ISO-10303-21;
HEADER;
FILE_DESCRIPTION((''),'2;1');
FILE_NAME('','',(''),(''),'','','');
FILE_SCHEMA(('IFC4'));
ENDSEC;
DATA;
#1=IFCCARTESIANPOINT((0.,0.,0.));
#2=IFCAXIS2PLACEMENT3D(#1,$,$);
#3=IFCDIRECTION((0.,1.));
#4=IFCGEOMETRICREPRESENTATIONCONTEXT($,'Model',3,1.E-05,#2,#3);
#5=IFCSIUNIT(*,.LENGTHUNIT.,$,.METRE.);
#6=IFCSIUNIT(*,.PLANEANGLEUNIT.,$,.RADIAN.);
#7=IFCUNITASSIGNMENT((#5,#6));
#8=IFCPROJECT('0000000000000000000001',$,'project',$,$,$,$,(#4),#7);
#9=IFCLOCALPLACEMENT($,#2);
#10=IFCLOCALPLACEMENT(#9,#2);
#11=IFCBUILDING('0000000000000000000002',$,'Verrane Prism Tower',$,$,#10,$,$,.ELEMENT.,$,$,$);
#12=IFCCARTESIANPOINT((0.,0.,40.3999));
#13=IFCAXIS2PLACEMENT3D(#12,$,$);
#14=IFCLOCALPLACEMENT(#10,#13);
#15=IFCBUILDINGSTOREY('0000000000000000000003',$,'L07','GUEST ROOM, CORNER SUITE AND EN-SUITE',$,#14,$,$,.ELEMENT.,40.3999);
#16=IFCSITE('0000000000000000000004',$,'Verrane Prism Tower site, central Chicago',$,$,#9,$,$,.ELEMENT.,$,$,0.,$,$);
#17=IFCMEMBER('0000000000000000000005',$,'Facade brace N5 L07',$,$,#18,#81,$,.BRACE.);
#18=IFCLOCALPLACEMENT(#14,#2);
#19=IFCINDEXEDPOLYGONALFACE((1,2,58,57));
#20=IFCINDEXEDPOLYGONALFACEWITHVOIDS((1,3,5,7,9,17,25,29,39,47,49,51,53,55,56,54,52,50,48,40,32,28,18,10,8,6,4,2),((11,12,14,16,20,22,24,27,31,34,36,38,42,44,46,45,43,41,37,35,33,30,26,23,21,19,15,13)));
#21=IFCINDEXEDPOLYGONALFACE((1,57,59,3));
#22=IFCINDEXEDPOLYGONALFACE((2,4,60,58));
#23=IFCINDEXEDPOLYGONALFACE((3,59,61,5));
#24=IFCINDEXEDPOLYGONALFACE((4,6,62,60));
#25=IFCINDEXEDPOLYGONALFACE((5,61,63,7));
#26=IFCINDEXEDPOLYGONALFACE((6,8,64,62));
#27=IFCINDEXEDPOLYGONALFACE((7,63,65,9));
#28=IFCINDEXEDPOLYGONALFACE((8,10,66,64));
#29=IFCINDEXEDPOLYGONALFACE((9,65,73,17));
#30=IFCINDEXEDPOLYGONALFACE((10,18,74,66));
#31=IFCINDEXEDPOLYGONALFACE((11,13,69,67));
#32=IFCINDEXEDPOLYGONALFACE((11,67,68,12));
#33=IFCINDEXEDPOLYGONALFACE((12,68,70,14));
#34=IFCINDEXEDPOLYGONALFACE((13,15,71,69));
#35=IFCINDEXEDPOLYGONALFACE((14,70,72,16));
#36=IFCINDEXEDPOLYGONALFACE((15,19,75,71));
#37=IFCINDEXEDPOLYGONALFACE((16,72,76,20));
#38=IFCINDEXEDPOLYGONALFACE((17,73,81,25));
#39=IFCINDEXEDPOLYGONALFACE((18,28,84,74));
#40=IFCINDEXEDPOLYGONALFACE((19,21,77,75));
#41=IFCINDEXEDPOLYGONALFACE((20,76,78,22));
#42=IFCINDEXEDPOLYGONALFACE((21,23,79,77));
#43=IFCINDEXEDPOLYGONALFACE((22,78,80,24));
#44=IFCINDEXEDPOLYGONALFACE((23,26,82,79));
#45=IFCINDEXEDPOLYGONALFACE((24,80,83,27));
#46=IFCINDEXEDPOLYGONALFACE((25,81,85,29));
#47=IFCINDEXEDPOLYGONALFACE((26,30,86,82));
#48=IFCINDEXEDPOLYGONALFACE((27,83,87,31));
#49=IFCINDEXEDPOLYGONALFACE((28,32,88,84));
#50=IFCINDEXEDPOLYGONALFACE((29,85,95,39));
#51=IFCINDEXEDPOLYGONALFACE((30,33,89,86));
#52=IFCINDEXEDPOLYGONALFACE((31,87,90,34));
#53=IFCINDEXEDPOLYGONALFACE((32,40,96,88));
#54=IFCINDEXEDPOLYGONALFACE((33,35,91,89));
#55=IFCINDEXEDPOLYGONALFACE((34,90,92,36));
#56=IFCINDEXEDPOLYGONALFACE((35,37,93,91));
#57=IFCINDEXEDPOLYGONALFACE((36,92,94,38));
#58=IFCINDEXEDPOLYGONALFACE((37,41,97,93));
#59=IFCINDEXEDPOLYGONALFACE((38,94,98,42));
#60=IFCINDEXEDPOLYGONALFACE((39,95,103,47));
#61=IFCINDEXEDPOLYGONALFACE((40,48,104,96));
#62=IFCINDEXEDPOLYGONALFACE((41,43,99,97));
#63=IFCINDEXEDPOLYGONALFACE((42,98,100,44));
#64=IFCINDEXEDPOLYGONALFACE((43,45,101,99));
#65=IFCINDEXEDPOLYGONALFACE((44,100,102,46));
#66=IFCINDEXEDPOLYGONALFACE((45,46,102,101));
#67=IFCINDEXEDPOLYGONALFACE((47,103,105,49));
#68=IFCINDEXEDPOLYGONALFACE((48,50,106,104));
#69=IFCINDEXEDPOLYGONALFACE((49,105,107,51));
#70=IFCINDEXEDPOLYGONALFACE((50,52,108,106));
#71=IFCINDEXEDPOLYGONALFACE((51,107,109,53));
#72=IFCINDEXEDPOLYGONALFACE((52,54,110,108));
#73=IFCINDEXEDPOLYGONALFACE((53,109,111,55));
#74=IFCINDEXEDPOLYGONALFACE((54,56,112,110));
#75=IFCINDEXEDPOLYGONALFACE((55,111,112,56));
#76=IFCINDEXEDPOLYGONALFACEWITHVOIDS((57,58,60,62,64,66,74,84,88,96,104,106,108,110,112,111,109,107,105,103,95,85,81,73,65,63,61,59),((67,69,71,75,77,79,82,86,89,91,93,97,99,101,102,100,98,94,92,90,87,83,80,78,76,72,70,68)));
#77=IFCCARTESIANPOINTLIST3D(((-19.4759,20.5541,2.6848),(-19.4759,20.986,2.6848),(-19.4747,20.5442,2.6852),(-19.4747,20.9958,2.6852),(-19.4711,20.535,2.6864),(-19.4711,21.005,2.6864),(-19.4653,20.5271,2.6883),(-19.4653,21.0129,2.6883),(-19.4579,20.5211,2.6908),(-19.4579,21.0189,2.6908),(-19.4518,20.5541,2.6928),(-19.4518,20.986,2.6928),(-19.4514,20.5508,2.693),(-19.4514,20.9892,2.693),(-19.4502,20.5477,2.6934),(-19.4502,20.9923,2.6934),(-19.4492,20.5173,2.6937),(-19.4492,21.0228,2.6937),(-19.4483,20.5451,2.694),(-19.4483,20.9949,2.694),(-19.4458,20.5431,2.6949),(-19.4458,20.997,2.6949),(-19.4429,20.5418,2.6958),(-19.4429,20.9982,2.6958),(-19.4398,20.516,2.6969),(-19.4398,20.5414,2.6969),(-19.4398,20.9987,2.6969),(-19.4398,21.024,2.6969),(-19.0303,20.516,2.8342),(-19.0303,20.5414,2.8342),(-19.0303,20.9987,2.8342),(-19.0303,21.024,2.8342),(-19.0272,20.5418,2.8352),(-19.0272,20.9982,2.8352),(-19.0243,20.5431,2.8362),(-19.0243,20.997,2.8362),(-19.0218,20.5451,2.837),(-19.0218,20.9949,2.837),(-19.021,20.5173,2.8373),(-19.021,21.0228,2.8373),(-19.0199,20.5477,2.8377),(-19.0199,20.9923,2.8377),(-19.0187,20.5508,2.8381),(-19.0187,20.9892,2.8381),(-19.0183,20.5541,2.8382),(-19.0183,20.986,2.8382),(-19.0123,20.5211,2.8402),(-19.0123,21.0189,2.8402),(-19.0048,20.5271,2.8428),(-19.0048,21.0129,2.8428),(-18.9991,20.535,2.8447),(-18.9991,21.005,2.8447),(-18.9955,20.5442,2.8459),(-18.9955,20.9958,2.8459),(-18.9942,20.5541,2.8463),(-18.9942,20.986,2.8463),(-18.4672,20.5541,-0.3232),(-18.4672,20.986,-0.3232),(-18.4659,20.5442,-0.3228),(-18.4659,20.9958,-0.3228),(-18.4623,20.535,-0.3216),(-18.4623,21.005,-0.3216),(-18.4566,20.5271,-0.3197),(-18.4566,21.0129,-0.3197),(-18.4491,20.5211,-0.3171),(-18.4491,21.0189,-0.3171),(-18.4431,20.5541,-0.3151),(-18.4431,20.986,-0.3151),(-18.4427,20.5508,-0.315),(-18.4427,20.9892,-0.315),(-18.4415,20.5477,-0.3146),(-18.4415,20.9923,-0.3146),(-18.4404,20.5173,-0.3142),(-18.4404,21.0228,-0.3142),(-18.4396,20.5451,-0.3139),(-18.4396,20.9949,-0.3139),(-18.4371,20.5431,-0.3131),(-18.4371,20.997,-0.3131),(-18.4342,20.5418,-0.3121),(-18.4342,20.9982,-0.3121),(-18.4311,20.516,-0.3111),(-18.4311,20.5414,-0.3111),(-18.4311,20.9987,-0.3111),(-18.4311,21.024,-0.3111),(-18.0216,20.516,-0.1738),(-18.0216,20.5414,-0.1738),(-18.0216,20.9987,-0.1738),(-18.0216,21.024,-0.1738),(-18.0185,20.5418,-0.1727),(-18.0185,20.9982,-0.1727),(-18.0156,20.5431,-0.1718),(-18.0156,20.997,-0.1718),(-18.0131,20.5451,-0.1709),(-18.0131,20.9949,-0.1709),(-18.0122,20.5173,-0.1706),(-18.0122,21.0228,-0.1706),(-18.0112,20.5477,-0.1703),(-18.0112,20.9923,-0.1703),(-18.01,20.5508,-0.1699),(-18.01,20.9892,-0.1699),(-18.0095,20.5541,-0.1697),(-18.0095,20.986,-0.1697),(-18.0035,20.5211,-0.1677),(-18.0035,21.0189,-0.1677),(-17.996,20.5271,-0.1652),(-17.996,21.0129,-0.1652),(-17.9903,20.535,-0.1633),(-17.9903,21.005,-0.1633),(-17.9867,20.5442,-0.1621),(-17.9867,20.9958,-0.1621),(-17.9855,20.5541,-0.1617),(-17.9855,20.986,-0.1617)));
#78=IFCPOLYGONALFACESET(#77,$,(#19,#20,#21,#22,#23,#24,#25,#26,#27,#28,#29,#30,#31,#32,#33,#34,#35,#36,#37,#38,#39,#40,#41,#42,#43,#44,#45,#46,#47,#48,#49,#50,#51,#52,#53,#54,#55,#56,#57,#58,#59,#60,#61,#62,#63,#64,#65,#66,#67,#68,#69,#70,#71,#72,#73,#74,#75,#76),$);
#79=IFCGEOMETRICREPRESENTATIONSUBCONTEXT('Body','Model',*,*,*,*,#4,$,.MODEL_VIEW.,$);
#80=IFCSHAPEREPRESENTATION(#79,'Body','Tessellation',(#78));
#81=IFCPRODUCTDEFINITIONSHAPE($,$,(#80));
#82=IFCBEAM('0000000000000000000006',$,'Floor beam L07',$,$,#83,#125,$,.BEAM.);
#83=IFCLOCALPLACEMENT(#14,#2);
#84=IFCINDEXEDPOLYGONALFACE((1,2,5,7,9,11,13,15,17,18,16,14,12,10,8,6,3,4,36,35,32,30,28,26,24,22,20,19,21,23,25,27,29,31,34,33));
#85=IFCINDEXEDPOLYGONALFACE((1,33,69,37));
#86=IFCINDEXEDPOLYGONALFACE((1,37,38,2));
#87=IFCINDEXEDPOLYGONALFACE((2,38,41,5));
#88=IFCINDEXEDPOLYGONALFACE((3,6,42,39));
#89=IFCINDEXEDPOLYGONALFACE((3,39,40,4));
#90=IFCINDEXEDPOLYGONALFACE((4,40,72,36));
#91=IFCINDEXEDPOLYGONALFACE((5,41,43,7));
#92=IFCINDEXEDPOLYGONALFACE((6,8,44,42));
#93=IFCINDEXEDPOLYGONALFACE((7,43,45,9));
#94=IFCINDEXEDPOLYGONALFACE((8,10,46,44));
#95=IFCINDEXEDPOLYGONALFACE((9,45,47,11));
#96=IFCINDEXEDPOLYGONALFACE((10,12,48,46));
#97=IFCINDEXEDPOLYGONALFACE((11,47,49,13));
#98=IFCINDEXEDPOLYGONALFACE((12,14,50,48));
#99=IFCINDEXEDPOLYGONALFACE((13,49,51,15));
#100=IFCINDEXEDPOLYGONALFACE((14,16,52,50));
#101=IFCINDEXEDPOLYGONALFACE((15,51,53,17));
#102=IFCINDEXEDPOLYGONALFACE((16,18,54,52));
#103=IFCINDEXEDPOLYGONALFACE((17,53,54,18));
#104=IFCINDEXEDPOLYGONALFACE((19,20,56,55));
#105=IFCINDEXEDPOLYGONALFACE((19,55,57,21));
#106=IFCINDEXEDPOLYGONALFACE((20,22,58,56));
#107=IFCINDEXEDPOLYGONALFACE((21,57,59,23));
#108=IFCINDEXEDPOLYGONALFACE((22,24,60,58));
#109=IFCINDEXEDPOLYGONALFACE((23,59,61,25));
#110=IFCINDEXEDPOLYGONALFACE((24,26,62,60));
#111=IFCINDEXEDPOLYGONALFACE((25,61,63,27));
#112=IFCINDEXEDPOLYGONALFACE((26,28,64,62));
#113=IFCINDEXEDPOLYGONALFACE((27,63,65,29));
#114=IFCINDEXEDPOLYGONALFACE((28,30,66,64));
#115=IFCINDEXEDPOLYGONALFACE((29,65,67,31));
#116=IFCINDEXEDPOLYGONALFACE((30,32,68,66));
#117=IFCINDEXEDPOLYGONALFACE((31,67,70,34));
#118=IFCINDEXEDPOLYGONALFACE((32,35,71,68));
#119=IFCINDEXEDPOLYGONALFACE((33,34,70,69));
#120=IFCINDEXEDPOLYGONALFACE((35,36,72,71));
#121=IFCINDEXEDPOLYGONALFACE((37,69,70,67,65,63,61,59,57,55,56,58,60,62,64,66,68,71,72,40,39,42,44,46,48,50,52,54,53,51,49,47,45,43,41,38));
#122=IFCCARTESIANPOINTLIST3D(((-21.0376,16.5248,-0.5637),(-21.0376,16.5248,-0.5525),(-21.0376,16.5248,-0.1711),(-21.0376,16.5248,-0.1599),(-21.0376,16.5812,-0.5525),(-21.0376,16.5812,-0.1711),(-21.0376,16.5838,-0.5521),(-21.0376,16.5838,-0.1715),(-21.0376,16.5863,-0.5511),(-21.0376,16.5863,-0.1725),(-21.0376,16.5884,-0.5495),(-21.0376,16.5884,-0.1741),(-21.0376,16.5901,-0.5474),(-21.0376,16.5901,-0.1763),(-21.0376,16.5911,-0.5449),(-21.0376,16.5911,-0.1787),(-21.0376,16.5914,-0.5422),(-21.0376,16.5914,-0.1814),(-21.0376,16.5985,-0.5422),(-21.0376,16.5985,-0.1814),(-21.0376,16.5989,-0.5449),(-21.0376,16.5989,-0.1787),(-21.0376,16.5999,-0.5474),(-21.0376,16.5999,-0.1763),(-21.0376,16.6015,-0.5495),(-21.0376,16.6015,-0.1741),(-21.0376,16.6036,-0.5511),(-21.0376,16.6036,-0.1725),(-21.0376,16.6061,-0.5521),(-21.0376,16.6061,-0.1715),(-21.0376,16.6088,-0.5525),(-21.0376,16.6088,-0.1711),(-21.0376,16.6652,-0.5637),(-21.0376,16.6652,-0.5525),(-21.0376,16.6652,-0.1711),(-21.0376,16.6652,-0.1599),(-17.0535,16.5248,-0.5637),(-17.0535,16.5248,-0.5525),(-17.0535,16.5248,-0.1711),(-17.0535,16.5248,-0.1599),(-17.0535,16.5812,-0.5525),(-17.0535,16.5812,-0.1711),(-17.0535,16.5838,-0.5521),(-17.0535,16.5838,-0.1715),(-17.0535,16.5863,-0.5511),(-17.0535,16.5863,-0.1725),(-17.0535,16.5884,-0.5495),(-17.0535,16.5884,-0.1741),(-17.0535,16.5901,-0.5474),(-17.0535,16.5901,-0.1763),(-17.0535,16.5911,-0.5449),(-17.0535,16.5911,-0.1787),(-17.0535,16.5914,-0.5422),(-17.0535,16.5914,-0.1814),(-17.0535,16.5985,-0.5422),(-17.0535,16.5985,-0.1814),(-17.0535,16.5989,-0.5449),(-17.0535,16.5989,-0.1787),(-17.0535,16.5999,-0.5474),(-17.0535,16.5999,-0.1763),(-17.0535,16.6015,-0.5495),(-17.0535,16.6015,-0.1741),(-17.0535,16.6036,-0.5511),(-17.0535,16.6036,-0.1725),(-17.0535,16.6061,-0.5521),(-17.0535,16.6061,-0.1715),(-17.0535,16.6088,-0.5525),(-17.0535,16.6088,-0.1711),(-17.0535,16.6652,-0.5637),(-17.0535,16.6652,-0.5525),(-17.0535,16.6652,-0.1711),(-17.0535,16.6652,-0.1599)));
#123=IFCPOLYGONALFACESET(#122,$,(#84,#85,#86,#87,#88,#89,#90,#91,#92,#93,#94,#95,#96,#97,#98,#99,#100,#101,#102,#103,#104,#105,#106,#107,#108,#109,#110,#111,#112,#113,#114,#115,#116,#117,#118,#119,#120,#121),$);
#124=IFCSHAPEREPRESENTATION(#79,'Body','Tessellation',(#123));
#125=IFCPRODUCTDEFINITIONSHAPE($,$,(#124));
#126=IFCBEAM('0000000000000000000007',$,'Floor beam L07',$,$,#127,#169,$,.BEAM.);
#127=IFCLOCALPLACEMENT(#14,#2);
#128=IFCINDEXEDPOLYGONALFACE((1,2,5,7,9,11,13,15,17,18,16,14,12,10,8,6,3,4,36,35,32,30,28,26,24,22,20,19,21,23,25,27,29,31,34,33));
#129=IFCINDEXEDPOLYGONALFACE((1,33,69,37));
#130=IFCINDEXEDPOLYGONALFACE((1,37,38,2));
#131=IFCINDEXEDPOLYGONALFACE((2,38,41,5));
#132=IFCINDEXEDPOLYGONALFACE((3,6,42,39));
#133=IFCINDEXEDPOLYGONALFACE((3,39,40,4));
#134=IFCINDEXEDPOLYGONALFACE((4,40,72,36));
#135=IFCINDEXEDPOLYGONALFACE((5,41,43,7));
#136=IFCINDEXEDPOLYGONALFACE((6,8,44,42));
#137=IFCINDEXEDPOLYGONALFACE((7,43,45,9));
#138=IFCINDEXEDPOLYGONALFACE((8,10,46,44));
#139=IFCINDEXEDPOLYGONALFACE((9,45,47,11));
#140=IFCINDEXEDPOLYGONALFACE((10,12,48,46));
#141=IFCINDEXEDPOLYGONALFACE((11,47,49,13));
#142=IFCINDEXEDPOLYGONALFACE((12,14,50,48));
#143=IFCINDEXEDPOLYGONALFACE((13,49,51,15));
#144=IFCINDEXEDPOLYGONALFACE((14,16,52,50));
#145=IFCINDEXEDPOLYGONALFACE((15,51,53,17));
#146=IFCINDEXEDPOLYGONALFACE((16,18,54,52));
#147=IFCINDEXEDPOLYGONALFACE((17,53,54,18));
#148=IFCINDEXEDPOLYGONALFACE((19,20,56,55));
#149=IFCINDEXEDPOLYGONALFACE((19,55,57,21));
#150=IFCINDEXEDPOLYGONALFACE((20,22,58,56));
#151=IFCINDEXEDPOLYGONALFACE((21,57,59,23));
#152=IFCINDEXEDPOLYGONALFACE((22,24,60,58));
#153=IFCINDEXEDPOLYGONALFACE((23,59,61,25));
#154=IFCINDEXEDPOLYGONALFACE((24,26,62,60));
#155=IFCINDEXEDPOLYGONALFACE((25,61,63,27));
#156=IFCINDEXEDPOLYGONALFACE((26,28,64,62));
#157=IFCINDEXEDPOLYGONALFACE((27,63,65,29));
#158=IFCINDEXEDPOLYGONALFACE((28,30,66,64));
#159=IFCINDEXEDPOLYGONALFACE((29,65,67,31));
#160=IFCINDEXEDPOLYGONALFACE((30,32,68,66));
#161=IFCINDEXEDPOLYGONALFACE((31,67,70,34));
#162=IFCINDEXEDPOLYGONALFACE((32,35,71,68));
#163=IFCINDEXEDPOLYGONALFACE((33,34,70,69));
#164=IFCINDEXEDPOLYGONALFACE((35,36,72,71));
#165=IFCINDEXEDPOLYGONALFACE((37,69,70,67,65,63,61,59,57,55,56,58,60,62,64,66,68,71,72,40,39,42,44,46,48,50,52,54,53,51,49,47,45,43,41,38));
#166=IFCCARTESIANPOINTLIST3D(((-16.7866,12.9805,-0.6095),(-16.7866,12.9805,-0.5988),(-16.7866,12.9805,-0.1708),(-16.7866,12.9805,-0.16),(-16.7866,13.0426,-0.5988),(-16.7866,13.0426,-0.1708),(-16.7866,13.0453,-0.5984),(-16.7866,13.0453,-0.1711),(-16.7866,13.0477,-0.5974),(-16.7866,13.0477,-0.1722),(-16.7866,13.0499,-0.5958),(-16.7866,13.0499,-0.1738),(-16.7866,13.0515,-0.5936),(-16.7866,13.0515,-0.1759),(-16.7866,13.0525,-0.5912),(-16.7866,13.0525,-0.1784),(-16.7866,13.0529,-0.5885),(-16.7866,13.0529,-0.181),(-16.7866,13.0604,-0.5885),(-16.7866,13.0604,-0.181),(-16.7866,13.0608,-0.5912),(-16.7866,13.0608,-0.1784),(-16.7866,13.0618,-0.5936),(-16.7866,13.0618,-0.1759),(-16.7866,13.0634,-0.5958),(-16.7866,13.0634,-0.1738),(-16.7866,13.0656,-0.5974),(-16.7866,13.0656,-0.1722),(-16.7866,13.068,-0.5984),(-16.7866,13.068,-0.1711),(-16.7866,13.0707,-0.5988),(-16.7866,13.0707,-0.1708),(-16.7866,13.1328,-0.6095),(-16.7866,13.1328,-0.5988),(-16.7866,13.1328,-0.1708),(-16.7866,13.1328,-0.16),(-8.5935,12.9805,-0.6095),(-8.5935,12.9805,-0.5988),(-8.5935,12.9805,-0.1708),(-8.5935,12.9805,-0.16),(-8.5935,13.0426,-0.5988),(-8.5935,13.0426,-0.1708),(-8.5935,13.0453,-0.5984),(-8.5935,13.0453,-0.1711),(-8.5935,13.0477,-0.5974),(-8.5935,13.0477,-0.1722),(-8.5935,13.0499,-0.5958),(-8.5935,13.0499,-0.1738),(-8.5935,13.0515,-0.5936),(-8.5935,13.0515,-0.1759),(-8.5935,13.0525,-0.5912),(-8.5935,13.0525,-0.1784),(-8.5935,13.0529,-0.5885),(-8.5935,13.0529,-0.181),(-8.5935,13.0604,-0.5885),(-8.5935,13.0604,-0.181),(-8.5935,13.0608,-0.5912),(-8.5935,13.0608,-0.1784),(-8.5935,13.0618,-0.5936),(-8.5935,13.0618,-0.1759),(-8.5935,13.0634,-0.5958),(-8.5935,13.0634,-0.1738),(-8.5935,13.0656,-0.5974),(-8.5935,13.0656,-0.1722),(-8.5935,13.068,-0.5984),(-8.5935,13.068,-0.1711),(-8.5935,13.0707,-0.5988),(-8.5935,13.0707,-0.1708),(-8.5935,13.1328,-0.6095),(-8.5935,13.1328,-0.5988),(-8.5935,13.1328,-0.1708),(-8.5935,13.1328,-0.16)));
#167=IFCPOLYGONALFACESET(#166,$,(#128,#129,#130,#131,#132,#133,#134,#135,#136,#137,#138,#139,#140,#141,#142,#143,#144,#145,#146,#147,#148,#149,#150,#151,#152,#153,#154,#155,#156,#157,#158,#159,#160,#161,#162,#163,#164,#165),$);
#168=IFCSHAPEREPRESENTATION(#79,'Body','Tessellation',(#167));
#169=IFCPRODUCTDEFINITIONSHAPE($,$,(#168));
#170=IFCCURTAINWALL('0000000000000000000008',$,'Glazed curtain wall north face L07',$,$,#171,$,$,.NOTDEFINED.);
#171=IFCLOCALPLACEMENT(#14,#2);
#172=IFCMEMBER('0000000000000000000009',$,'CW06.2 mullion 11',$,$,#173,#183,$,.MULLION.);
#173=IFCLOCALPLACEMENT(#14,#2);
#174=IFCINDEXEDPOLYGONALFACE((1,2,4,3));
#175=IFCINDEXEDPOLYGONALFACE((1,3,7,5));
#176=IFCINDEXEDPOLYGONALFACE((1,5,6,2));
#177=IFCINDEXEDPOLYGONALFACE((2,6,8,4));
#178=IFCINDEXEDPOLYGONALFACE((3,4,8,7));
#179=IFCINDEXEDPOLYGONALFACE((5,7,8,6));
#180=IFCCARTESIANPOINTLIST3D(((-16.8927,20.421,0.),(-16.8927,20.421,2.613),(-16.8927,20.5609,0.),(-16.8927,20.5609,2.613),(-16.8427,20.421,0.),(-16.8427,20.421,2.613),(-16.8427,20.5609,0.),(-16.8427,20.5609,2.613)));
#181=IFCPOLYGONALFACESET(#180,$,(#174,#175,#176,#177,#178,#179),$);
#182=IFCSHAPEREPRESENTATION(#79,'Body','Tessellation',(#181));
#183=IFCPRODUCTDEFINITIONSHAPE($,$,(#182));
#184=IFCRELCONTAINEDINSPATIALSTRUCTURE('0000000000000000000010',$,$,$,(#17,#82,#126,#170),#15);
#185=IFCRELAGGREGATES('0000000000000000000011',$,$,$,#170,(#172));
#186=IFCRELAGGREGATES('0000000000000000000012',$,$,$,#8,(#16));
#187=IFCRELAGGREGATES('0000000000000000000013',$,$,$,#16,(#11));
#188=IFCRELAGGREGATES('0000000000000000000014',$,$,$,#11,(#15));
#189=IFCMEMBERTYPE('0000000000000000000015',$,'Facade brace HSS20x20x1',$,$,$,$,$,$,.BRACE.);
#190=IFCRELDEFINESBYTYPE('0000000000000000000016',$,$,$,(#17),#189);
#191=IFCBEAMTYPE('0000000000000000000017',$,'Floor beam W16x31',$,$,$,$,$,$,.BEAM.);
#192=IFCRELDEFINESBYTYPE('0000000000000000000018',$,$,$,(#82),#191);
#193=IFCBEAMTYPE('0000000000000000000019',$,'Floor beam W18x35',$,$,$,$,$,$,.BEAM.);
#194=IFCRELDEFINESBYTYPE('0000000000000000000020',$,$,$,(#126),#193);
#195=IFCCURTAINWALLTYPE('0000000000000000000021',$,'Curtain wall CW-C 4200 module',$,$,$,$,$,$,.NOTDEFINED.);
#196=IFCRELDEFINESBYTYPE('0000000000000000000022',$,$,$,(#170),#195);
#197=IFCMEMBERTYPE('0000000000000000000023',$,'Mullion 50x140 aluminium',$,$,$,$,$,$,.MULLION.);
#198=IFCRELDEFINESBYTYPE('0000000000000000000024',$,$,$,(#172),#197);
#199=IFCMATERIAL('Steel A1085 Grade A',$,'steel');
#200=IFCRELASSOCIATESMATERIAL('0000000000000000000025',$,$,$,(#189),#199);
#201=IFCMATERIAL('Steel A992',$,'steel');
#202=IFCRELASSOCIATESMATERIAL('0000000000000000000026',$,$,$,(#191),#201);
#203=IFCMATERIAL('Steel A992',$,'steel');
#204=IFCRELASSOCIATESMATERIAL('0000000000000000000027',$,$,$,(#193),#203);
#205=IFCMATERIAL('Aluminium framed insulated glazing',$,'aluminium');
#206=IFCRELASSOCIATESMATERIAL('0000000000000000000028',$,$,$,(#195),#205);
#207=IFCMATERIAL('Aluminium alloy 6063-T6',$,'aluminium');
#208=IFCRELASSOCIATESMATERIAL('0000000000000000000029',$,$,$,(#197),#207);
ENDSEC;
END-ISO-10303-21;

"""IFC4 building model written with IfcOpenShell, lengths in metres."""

from ifc_helpers import new_model, si_unit, direction, frame, origin, origin_2d, place, context, subcontext, project, spatial, rectangle, hollow_rectangle, i_section, extrude, material, material_profile, profile_set, type_object, element, aggregate, save


model = new_model("IFC4")

# Units and contexts
model_context = context("Model", 3, precision=1e-05, world=origin(), true_north=direction((0.0, 1.0)))
body_context = subcontext(model_context, "Body", "Model", "MODEL_VIEW")
ifc_project = project(units=[si_unit("LENGTHUNIT", "METRE"), si_unit("PLANEANGLEUNIT", "RADIAN")], contexts=[model_context])

# Site, building, storey
site_placement = place(None, origin())
site = spatial("IfcSite", under=ifc_project, at=site_placement, Name="Verrane Prism Tower site, central Chicago", CompositionType="ELEMENT", RefElevation=0.0)
building_placement = place(site_placement, origin())
building = spatial("IfcBuilding", under=site, at=building_placement, Name="Verrane Prism Tower", CompositionType="ELEMENT")
storey_placement = place(building_placement, frame((0.0, 0.0, 40.3999)))
storey = spatial("IfcBuildingStorey", under=building, at=storey_placement, Name="L07", Description="GUEST ROOM, CORNER SUITE AND EN-SUITE", CompositionType="ELEMENT", Elevation=40.3999)

# Member
ifc_material_1 = material(Name="Steel A1085 Grade A", Category="steel")
ifc_material_profile_1 = material_profile(ifc_material_1, hollow_rectangle(XDim=0.5081, YDim=0.5081, WallThickness=0.0254, InnerFilletRadius=0.0127, OuterFilletRadius=0.0381, at=origin_2d()), Name="HSS20x20x1")
ifc_profile_set_1 = profile_set([ifc_material_profile_1], Name="Steel A1085 Grade A")
member_type_1 = type_object("IfcMemberType", Name="Facade brace HSS20x20x1", PredefinedType="BRACE", material=ifc_profile_set_1)
member_1_placement = place(storey_placement, frame((-18.2263, 20.77, -0.2424), z_axis=(-0.317959, 0.0, 0.948105), x_axis=(0.0, -1.0, 0.0)))
element("IfcMember", 1, at=member_1_placement, inside=storey, type_object=member_type_1, Name="Facade brace N5 L07", PredefinedType="BRACE", context=body_context, shape_type="SweptSolid", body=[
    extrude(hollow_rectangle(XDim=0.5081, YDim=0.5081, WallThickness=0.0254, InnerFilletRadius=0.0127, OuterFilletRadius=0.0381, at=origin_2d()), origin(), (0.0, 0.0, 1.0), 3.1726),
])

# Beams
ifc_material_2 = material(Name="Steel A992", Category="steel")
ifc_material_profile_2 = material_profile(ifc_material_2, i_section(OverallWidth=0.1404, OverallDepth=0.4038, WebThickness=0.0071, FlangeThickness=0.0112, FilletRadius=0.0103, at=origin_2d()), Name="W16x31")
ifc_profile_set_2 = profile_set([ifc_material_profile_2], Name="Steel A992")
beam_type_1 = type_object("IfcBeamType", Name="Floor beam W16x31", PredefinedType="BEAM", material=ifc_profile_set_2)
beam_1_placement = place(storey_placement, frame((-21.0376, 16.595, -0.3618), z_axis=(1.0, 0.0, 0.0), x_axis=(0.0, 1.0, 0.0)))
element("IfcBeam", 2, at=beam_1_placement, inside=storey, type_object=beam_type_1, Name="Floor beam L07", PredefinedType="BEAM", context=body_context, shape_type="SweptSolid", body=[
    extrude(i_section(OverallWidth=0.1404, OverallDepth=0.4038, WebThickness=0.0071, FlangeThickness=0.0112, FilletRadius=0.0103, at=origin_2d()), origin(), (0.0, 0.0, 1.0), 3.9841),
])
ifc_material_3 = material(Name="Steel A992", Category="steel")
ifc_material_profile_3 = material_profile(ifc_material_3, i_section(OverallWidth=0.1523, OverallDepth=0.4495, WebThickness=0.0076, FlangeThickness=0.0107, FilletRadius=0.0103, at=origin_2d()), Name="W18x35")
ifc_profile_set_3 = profile_set([ifc_material_profile_3], Name="Steel A992")
beam_type_2 = type_object("IfcBeamType", Name="Floor beam W18x35", PredefinedType="BEAM", material=ifc_profile_set_3)
beam_2_placement = place(storey_placement, frame((-16.7866, 13.0566, -0.3848), z_axis=(1.0, 0.0, 0.0), x_axis=(0.0, 1.0, 0.0)))
element("IfcBeam", 3, at=beam_2_placement, inside=storey, type_object=beam_type_2, Name="Floor beam L07", PredefinedType="BEAM", context=body_context, shape_type="SweptSolid", body=[
    extrude(i_section(OverallWidth=0.1523, OverallDepth=0.4495, WebThickness=0.0076, FlangeThickness=0.0107, FilletRadius=0.0103, at=origin_2d()), origin(), (0.0, 0.0, 1.0), 8.1931),
])

# Curtain wall, member
ifc_material_4 = material(Name="Aluminium framed insulated glazing", Category="aluminium")
curtain_wall_type_1 = type_object("IfcCurtainWallType", Name="Curtain wall CW-C 4200 module", PredefinedType="NOTDEFINED", material=ifc_material_4)
curtain_wall_1_placement = place(storey_placement, origin())
curtain_wall_1 = element("IfcCurtainWall", 4, at=curtain_wall_1_placement, inside=storey, type_object=curtain_wall_type_1, Name="Glazed curtain wall north face L07", PredefinedType="NOTDEFINED")
ifc_material_5 = material(Name="Aluminium alloy 6063-T6", Category="aluminium")
ifc_material_profile_4 = material_profile(ifc_material_5, rectangle(XDim=0.1399, YDim=0.05, at=origin_2d()), Name="Mullion 50x140 aluminium")
ifc_profile_set_4 = profile_set([ifc_material_profile_4], Name="Aluminium alloy 6063-T6")
member_type_2 = type_object("IfcMemberType", Name="Mullion 50x140 aluminium", PredefinedType="MULLION", material=ifc_profile_set_4)
member_2_placement = place(storey_placement, frame((-16.8677, 20.491, 0.0), z_axis=(0.0, 0.0, 1.0), x_axis=(0.0, -1.0, 0.0)))
member_2 = element("IfcMember", 5, at=member_2_placement, type_object=member_type_2, Name="CW06.2 mullion 11", PredefinedType="MULLION", context=body_context, shape_type="SweptSolid", body=[
    extrude(rectangle(XDim=0.1399, YDim=0.05, at=origin_2d()), origin(), (0.0, 0.0, 1.0), 2.613),
])

aggregate(curtain_wall_1, [member_2])

save(model, "model.ifc")
